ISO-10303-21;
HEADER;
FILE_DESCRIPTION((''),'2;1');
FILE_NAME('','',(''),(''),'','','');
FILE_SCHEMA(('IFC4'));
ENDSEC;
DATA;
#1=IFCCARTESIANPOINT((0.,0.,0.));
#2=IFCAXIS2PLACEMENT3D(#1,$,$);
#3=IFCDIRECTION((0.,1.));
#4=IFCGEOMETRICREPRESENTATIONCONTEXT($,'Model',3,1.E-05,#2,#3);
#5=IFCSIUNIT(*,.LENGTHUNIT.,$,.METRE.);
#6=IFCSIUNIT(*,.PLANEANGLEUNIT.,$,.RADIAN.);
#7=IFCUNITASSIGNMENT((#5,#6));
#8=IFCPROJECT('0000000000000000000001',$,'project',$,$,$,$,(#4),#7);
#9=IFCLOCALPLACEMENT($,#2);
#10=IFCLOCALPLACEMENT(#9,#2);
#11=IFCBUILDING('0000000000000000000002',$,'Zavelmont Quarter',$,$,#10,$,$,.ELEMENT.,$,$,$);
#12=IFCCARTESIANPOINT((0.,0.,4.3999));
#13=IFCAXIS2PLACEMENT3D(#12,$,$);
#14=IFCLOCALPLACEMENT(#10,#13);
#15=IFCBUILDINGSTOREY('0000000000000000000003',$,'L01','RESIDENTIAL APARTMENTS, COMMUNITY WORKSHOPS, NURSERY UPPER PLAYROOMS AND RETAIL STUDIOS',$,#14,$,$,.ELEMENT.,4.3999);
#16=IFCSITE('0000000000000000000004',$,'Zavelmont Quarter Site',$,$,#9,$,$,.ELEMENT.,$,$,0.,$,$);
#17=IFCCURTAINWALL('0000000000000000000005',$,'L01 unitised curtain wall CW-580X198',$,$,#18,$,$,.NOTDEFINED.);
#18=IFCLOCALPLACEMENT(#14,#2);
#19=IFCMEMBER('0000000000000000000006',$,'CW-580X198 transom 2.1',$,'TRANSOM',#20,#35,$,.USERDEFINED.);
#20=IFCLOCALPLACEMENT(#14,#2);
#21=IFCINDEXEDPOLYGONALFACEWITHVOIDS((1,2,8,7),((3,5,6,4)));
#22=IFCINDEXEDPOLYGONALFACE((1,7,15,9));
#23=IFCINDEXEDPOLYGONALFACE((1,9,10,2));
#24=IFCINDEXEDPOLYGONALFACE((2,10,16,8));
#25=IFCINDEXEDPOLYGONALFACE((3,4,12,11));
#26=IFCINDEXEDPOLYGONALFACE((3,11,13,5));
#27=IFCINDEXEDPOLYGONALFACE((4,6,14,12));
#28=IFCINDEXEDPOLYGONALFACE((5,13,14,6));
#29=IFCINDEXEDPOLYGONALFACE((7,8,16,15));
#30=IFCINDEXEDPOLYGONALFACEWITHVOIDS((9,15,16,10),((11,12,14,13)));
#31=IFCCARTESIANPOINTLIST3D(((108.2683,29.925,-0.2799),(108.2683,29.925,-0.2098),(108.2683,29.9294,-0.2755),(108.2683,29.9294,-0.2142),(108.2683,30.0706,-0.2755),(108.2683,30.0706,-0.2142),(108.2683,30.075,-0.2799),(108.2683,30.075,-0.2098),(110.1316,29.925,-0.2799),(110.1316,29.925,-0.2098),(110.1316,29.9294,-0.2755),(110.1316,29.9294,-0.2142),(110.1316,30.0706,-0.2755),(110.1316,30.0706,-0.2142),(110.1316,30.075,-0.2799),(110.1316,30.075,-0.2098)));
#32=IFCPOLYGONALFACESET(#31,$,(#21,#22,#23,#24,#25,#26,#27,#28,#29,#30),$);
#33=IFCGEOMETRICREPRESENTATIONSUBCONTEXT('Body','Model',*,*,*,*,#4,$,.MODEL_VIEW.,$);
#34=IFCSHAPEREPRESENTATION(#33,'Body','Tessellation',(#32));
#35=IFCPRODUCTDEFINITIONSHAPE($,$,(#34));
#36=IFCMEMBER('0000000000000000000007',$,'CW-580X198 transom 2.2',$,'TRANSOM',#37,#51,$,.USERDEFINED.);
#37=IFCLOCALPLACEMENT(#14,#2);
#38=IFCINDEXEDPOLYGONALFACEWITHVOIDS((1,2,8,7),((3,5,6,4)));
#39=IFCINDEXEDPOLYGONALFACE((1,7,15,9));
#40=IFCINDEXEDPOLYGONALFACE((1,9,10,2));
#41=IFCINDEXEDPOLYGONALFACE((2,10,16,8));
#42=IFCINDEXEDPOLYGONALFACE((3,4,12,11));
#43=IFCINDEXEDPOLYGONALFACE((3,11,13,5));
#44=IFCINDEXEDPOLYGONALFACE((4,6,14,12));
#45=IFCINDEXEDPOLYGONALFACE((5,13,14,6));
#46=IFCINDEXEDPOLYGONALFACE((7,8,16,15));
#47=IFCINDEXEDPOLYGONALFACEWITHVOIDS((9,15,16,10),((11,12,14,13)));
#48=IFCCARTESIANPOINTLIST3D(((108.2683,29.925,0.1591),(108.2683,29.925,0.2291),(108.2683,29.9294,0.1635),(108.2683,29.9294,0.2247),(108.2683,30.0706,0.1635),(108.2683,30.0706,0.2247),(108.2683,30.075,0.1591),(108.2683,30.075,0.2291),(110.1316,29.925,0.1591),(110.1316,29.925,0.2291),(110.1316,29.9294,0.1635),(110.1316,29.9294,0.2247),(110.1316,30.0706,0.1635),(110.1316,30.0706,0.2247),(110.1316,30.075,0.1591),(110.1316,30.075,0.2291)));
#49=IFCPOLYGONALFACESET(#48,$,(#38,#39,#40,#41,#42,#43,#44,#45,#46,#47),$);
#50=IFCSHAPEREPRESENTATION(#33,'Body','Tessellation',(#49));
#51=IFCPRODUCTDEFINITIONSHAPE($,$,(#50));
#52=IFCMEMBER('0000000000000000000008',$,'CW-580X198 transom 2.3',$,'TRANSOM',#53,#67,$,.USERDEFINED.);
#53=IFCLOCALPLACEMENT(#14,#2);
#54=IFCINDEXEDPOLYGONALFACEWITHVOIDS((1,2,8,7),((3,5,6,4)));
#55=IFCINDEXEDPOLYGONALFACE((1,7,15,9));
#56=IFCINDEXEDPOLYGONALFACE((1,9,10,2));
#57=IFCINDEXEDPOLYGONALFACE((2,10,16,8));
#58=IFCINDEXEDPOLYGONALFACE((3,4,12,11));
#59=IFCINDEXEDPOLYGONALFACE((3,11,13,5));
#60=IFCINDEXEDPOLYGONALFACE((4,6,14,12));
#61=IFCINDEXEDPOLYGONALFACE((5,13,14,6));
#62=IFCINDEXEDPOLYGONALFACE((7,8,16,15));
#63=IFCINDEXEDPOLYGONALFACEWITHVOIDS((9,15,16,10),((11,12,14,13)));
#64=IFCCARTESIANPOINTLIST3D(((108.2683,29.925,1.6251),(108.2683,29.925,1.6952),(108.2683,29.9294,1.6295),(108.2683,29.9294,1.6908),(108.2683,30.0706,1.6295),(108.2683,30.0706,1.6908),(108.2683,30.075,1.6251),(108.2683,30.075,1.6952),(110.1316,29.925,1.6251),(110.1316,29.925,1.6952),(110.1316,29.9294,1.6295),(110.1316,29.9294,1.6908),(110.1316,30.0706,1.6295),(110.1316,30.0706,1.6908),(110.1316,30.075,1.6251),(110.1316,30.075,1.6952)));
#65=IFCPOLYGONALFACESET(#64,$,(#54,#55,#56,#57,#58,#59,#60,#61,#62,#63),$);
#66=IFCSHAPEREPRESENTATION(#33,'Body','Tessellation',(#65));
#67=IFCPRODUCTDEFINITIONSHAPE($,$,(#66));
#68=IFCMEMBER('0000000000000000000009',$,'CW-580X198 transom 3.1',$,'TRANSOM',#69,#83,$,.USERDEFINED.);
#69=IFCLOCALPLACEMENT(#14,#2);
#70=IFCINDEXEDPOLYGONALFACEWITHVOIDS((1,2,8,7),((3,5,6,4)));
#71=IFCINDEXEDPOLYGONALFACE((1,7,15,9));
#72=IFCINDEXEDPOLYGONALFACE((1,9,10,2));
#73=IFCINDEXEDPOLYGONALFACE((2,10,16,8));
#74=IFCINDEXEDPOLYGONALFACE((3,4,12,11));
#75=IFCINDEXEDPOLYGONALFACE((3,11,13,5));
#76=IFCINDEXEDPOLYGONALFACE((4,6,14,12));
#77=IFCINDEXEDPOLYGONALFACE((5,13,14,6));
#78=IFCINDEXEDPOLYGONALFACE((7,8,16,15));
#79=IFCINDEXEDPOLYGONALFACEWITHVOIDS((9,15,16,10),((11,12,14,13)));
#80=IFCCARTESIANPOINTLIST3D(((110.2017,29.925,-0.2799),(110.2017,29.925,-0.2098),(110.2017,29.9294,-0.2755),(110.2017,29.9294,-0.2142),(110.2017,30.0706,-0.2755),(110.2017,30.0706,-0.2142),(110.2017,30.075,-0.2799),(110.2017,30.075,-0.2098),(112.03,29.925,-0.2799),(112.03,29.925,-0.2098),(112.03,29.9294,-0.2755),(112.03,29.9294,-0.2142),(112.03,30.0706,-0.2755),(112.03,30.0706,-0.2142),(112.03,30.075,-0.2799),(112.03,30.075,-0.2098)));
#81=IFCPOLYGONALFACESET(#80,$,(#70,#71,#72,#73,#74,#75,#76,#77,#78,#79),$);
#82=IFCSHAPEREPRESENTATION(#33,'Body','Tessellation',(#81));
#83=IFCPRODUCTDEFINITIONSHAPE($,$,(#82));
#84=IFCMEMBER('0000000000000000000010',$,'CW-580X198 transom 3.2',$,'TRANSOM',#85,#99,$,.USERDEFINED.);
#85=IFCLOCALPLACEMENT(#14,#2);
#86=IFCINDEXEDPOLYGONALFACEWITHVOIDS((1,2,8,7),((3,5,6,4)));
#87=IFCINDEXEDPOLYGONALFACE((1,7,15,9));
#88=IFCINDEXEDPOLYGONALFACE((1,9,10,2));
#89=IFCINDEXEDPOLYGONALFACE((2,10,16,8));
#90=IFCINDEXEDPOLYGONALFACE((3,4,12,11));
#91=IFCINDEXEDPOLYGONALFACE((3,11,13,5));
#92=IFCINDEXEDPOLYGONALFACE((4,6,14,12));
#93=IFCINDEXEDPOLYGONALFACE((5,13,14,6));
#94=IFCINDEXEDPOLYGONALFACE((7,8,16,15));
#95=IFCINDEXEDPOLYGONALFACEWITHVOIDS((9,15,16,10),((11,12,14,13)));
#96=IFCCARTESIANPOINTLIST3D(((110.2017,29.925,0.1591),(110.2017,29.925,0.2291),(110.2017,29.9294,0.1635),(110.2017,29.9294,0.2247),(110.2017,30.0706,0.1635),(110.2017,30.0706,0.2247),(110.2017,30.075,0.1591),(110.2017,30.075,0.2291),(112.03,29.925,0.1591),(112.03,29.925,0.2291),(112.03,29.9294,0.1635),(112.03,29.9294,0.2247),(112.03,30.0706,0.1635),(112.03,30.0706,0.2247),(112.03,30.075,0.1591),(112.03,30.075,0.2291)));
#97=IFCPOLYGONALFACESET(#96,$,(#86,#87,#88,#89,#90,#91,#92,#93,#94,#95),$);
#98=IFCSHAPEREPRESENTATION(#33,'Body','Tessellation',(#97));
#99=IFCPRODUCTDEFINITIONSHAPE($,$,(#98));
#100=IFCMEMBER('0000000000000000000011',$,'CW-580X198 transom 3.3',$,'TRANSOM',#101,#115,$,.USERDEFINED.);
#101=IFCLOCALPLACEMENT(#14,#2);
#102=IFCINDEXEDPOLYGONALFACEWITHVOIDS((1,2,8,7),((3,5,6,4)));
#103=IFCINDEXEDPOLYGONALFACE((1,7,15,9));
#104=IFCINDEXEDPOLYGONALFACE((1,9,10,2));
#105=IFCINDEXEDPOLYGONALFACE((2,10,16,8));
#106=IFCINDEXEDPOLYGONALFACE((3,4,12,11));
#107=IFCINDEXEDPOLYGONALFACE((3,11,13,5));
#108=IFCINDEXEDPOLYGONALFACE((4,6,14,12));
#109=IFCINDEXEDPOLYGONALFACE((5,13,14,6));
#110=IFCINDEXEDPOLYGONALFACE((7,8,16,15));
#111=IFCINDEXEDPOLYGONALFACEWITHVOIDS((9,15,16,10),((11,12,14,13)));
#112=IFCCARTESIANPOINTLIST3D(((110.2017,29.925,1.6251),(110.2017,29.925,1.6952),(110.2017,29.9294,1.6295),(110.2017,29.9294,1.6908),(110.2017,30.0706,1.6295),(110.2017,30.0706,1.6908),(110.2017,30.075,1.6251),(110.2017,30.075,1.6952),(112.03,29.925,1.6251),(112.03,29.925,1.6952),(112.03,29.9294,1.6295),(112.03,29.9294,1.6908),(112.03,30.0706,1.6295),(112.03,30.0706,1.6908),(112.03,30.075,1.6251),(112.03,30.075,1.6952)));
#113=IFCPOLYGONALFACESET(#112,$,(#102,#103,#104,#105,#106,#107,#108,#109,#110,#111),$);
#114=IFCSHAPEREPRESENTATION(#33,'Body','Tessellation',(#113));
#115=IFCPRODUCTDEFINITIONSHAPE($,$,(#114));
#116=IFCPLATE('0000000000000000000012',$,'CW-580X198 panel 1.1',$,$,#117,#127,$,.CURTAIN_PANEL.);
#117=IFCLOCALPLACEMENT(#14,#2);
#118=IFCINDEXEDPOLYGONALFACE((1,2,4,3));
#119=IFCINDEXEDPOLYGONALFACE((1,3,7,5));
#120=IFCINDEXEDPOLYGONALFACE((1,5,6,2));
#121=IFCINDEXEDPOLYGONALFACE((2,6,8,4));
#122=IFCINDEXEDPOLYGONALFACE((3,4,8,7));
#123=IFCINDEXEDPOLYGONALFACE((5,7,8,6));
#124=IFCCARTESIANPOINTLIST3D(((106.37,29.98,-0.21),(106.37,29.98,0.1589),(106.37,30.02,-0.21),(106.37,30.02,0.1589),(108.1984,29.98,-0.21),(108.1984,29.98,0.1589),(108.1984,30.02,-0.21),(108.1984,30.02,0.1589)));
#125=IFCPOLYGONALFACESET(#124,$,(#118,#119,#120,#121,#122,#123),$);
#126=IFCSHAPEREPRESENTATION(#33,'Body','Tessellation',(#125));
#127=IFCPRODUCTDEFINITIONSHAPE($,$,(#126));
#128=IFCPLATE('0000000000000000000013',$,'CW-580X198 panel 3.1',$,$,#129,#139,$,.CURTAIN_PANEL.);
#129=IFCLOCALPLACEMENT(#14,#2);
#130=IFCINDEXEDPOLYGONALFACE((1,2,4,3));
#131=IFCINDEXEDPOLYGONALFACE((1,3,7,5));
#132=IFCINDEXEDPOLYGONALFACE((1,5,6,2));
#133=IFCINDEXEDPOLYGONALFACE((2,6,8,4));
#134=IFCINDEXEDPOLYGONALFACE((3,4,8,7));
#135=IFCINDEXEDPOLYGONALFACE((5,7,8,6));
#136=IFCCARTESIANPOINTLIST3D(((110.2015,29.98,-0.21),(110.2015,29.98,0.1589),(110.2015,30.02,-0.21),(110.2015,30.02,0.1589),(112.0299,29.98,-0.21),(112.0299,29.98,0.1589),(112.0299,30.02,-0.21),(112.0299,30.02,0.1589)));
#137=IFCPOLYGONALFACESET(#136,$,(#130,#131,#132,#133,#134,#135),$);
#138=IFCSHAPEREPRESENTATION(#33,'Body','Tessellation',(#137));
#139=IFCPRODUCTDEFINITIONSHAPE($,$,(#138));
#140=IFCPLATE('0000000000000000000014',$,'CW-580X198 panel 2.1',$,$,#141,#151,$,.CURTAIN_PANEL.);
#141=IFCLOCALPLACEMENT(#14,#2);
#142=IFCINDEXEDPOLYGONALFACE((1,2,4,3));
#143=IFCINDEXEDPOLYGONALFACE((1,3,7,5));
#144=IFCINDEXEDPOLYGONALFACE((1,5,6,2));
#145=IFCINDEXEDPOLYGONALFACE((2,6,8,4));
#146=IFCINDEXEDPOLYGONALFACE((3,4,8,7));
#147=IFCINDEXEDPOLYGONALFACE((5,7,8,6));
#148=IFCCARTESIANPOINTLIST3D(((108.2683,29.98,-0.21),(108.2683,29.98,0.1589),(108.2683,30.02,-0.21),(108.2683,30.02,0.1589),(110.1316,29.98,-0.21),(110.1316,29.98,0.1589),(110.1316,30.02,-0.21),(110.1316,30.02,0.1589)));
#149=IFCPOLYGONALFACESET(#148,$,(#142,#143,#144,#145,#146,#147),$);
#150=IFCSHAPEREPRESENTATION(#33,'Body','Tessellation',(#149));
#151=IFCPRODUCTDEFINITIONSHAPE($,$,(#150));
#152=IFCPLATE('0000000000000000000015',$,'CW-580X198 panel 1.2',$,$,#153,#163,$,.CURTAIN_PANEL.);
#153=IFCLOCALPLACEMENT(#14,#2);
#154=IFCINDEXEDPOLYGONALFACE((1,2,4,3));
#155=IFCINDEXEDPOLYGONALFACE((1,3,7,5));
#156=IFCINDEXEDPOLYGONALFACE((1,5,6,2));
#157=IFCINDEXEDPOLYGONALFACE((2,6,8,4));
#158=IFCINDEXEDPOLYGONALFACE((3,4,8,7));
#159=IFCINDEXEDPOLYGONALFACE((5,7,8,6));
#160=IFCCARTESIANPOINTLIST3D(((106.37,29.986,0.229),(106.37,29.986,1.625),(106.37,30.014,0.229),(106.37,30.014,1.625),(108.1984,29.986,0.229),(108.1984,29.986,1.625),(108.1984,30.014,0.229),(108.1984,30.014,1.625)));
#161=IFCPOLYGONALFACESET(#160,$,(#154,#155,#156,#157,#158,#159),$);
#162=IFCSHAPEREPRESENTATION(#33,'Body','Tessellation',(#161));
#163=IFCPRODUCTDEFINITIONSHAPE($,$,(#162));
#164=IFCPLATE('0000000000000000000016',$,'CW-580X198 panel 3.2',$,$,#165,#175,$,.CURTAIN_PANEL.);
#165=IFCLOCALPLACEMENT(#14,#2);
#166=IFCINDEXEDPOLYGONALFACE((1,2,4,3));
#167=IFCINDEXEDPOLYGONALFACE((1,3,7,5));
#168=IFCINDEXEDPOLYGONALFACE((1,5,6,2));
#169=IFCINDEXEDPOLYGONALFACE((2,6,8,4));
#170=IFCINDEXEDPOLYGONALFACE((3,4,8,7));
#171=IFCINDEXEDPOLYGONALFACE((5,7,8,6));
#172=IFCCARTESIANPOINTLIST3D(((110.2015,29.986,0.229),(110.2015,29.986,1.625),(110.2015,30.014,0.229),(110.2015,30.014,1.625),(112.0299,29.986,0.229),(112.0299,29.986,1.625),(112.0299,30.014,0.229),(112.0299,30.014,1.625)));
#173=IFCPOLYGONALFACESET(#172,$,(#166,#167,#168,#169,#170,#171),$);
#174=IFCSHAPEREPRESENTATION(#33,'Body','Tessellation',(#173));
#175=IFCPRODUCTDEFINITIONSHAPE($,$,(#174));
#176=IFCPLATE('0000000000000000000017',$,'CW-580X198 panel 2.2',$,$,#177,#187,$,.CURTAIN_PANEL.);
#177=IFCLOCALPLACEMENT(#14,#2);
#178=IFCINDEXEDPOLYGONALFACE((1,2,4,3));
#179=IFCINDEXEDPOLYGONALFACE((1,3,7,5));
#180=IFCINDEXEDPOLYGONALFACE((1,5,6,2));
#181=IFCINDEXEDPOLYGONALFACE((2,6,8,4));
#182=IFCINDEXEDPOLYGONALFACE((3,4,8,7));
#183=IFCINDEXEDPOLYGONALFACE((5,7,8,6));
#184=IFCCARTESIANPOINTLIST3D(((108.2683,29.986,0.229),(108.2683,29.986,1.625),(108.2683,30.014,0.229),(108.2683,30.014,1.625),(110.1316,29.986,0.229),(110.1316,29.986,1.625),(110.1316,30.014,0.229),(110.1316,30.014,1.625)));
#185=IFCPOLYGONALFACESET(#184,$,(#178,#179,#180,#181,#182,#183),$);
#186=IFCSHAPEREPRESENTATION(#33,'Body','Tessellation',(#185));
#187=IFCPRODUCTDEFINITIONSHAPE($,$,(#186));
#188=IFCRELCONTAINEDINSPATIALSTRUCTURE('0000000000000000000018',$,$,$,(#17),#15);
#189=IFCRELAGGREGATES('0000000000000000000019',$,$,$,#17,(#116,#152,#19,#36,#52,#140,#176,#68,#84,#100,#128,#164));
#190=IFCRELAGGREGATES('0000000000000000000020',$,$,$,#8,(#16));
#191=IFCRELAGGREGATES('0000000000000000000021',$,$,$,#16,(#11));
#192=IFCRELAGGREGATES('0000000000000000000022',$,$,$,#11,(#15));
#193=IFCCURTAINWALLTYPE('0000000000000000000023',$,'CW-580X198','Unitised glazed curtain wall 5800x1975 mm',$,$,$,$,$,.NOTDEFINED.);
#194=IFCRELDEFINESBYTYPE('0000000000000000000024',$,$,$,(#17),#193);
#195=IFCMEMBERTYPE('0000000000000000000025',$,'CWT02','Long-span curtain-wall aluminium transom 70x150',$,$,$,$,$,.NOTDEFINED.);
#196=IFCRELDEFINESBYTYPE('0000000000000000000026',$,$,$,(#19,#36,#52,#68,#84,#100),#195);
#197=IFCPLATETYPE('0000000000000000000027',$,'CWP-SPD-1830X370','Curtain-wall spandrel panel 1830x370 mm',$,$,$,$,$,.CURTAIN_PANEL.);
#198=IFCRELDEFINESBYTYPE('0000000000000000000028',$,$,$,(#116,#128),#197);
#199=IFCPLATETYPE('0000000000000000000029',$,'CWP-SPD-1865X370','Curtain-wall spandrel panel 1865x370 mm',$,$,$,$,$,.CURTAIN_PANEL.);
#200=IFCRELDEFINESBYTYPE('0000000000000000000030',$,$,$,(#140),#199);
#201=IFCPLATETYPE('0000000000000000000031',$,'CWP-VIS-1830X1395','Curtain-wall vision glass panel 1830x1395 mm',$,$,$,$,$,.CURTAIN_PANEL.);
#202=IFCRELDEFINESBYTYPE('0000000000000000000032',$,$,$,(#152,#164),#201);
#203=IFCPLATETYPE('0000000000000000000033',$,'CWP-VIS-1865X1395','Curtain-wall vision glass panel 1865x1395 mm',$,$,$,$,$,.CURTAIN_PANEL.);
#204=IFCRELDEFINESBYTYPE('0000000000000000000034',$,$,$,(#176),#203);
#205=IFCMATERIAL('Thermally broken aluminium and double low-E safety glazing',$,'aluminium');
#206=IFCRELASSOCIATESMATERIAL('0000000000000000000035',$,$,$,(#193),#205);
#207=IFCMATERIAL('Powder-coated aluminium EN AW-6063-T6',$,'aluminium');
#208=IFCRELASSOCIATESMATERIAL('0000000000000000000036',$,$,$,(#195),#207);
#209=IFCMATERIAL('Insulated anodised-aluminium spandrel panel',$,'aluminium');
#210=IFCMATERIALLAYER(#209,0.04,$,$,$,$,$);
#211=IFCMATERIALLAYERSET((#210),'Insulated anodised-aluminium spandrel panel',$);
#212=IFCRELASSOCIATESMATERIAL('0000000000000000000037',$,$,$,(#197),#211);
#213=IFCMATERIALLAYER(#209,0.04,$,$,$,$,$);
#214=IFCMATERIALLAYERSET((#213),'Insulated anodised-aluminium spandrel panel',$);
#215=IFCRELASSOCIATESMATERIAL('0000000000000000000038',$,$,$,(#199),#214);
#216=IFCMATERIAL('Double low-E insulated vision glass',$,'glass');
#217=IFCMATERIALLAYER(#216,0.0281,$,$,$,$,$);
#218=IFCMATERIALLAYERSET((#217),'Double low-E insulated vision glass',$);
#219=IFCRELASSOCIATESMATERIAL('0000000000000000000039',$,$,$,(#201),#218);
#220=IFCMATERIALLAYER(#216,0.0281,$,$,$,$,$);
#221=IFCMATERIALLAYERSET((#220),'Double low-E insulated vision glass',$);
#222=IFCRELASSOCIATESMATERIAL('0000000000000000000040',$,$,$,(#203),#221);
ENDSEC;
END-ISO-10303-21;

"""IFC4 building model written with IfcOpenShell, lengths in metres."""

from ifc_helpers import new_model, si_unit, direction, frame, origin, origin_2d, place, context, subcontext, project, spatial, rectangle, hollow_rectangle, extrude, material, layer, layer_set, material_profile, profile_set, type_object, element, aggregate, save


model = new_model("IFC4")

# Units and contexts
model_context = context("Model", 3, precision=1e-05, world=origin(), true_north=direction((0.0, 1.0)))
body_context = subcontext(model_context, "Body", "Model", "MODEL_VIEW")
ifc_project = project(units=[si_unit("LENGTHUNIT", "METRE"), si_unit("PLANEANGLEUNIT", "RADIAN")], contexts=[model_context])

# Site, building, storey
site_placement = place(None, origin())
site = spatial("IfcSite", under=ifc_project, at=site_placement, Name="Zavelmont Quarter Site", CompositionType="ELEMENT", RefElevation=0.0)
building_placement = place(site_placement, origin())
building = spatial("IfcBuilding", under=site, at=building_placement, Name="Zavelmont Quarter", CompositionType="ELEMENT")
storey_placement = place(building_placement, frame((0.0, 0.0, 4.3999)))
storey = spatial("IfcBuildingStorey", under=building, at=storey_placement, Name="L01", Description="RESIDENTIAL APARTMENTS, COMMUNITY WORKSHOPS, NURSERY UPPER PLAYROOMS AND RETAIL STUDIOS", CompositionType="ELEMENT", Elevation=4.3999)

# Shared definitions
ifc_material_1 = material(Name="Thermally broken aluminium and double low-E safety glazing", Category="aluminium")
curtain_wall_type = type_object("IfcCurtainWallType", Name="CW-580X198", Description="Unitised glazed curtain wall 5800x1975 mm", PredefinedType="NOTDEFINED", material=ifc_material_1)
ifc_material_2 = material(Name="Powder-coated aluminium EN AW-6063-T6", Category="aluminium")

# Curtain wall, members, plates
curtain_wall_1_placement = place(storey_placement, origin())
curtain_wall_1 = element("IfcCurtainWall", 1, at=curtain_wall_1_placement, inside=storey, type_object=curtain_wall_type, Name="L01 unitised curtain wall CW-580X198", PredefinedType="NOTDEFINED")
ifc_material_profile_1 = material_profile(ifc_material_2, hollow_rectangle(XDim=0.1499, YDim=0.0701, WallThickness=0.0044, at=origin_2d()), Name="CWT70X150")
ifc_profile_set_1 = profile_set([ifc_material_profile_1], Name="Powder-coated aluminium EN AW-6063-T6")
member_type_1 = type_object("IfcMemberType", Name="CWT02", Description="Long-span curtain-wall aluminium transom 70x150", PredefinedType="NOTDEFINED", material=ifc_profile_set_1)
member_1_placement = place(storey_placement, frame((108.2683, 30.0, -0.2449), z_axis=(1.0, 0.0, 0.0), x_axis=(0.0, 1.0, 0.0)))
member_1 = element("IfcMember", 2, at=member_1_placement, type_object=member_type_1, Name="CW-580X198 transom 2.1", ObjectType="TRANSOM", PredefinedType="USERDEFINED", context=body_context, shape_type="SweptSolid", body=[
    extrude(hollow_rectangle(XDim=0.1499, YDim=0.0701, WallThickness=0.0044, at=origin_2d()), origin(), (0.0, 0.0, 1.0), 1.8633),
])
member_2_placement = place(storey_placement, frame((108.2683, 30.0, 0.1941), z_axis=(1.0, 0.0, 0.0), x_axis=(0.0, 1.0, 0.0)))
member_2 = element("IfcMember", 3, at=member_2_placement, type_object=member_type_1, Name="CW-580X198 transom 2.2", ObjectType="TRANSOM", PredefinedType="USERDEFINED", context=body_context, shape_type="SweptSolid", body=[
    extrude(hollow_rectangle(XDim=0.1499, YDim=0.0701, WallThickness=0.0044, at=origin_2d()), origin(), (0.0, 0.0, 1.0), 1.8633),
])
member_3_placement = place(storey_placement, frame((108.2683, 30.0, 1.6602), z_axis=(1.0, 0.0, 0.0), x_axis=(0.0, 1.0, 0.0)))
member_3 = element("IfcMember", 4, at=member_3_placement, type_object=member_type_1, Name="CW-580X198 transom 2.3", ObjectType="TRANSOM", PredefinedType="USERDEFINED", context=body_context, shape_type="SweptSolid", body=[
    extrude(hollow_rectangle(XDim=0.1499, YDim=0.0701, WallThickness=0.0044, at=origin_2d()), origin(), (0.0, 0.0, 1.0), 1.8633),
])
member_4_placement = place(storey_placement, frame((110.2017, 30.0, -0.2449), z_axis=(1.0, 0.0, 0.0), x_axis=(0.0, 1.0, 0.0)))
member_4 = element("IfcMember", 5, at=member_4_placement, type_object=member_type_1, Name="CW-580X198 transom 3.1", ObjectType="TRANSOM", PredefinedType="USERDEFINED", context=body_context, shape_type="SweptSolid", body=[
    extrude(hollow_rectangle(XDim=0.1499, YDim=0.0701, WallThickness=0.0044, at=origin_2d()), origin(), (0.0, 0.0, 1.0), 1.8284),
])
member_5_placement = place(storey_placement, frame((110.2017, 30.0, 0.1941), z_axis=(1.0, 0.0, 0.0), x_axis=(0.0, 1.0, 0.0)))
member_5 = element("IfcMember", 6, at=member_5_placement, type_object=member_type_1, Name="CW-580X198 transom 3.2", ObjectType="TRANSOM", PredefinedType="USERDEFINED", context=body_context, shape_type="SweptSolid", body=[
    extrude(hollow_rectangle(XDim=0.1499, YDim=0.0701, WallThickness=0.0044, at=origin_2d()), origin(), (0.0, 0.0, 1.0), 1.8284),
])
member_6_placement = place(storey_placement, frame((110.2017, 30.0, 1.6602), z_axis=(1.0, 0.0, 0.0), x_axis=(0.0, 1.0, 0.0)))
member_6 = element("IfcMember", 7, at=member_6_placement, type_object=member_type_1, Name="CW-580X198 transom 3.3", ObjectType="TRANSOM", PredefinedType="USERDEFINED", context=body_context, shape_type="SweptSolid", body=[
    extrude(hollow_rectangle(XDim=0.1499, YDim=0.0701, WallThickness=0.0044, at=origin_2d()), origin(), (0.0, 0.0, 1.0), 1.8284),
])
ifc_material_3 = material(Name="Insulated anodised-aluminium spandrel panel", Category="aluminium")
ifc_layer_1 = layer(ifc_material_3, 0.04)
ifc_layer_set_1 = layer_set([ifc_layer_1], Name="Insulated anodised-aluminium spandrel panel")
plate_type_1 = type_object("IfcPlateType", Name="CWP-SPD-1830X370", Description="Curtain-wall spandrel panel 1830x370 mm", PredefinedType="CURTAIN_PANEL", material=ifc_layer_set_1)
plate_1_placement = place(storey_placement, frame((107.2842, 30.0, -0.21), z_axis=(0.0, 0.0, 1.0), x_axis=(1.0, 0.0, 0.0)))
plate_1 = element("IfcPlate", 8, at=plate_1_placement, type_object=plate_type_1, Name="CW-580X198 panel 1.1", PredefinedType="CURTAIN_PANEL", context=body_context, shape_type="SweptSolid", body=[
    extrude(rectangle(XDim=1.8284, YDim=0.04, at=origin_2d()), origin(), (0.0, 0.0, 1.0), 0.3689),
])
plate_2_placement = place(storey_placement, frame((111.1157, 30.0, -0.21), z_axis=(0.0, 0.0, 1.0), x_axis=(1.0, 0.0, 0.0)))
plate_2 = element("IfcPlate", 9, at=plate_2_placement, type_object=plate_type_1, Name="CW-580X198 panel 3.1", PredefinedType="CURTAIN_PANEL", context=body_context, shape_type="SweptSolid", body=[
    extrude(rectangle(XDim=1.8284, YDim=0.04, at=origin_2d()), origin(), (0.0, 0.0, 1.0), 0.3689),
])
ifc_layer_2 = layer(ifc_material_3, 0.04)
ifc_layer_set_2 = layer_set([ifc_layer_2], Name="Insulated anodised-aluminium spandrel panel")
plate_type_2 = type_object("IfcPlateType", Name="CWP-SPD-1865X370", Description="Curtain-wall spandrel panel 1865x370 mm", PredefinedType="CURTAIN_PANEL", material=ifc_layer_set_2)
plate_3_placement = place(storey_placement, frame((109.2, 30.0, -0.21), z_axis=(0.0, 0.0, 1.0), x_axis=(1.0, 0.0, 0.0)))
plate_3 = element("IfcPlate", 10, at=plate_3_placement, type_object=plate_type_2, Name="CW-580X198 panel 2.1", PredefinedType="CURTAIN_PANEL", context=body_context, shape_type="SweptSolid", body=[
    extrude(rectangle(XDim=1.8633, YDim=0.04, at=origin_2d()), origin(), (0.0, 0.0, 1.0), 0.3689),
])
ifc_material_4 = material(Name="Double low-E insulated vision glass", Category="glass")
ifc_layer_3 = layer(ifc_material_4, 0.0281)
ifc_layer_set_3 = layer_set([ifc_layer_3], Name="Double low-E insulated vision glass")
plate_type_3 = type_object("IfcPlateType", Name="CWP-VIS-1830X1395", Description="Curtain-wall vision glass panel 1830x1395 mm", PredefinedType="CURTAIN_PANEL", material=ifc_layer_set_3)
plate_4_placement = place(storey_placement, frame((107.2842, 30.0, 0.229), z_axis=(0.0, 0.0, 1.0), x_axis=(1.0, 0.0, 0.0)))
plate_4 = element("IfcPlate", 11, at=plate_4_placement, type_object=plate_type_3, Name="CW-580X198 panel 1.2", PredefinedType="CURTAIN_PANEL", context=body_context, shape_type="SweptSolid", body=[
    extrude(rectangle(XDim=1.8284, YDim=0.0281, at=origin_2d()), origin(), (0.0, 0.0, 1.0), 1.396),
])
plate_5_placement = place(storey_placement, frame((111.1157, 30.0, 0.229), z_axis=(0.0, 0.0, 1.0), x_axis=(1.0, 0.0, 0.0)))
plate_5 = element("IfcPlate", 12, at=plate_5_placement, type_object=plate_type_3, Name="CW-580X198 panel 3.2", PredefinedType="CURTAIN_PANEL", context=body_context, shape_type="SweptSolid", body=[
    extrude(rectangle(XDim=1.8284, YDim=0.0281, at=origin_2d()), origin(), (0.0, 0.0, 1.0), 1.396),
])
ifc_layer_4 = layer(ifc_material_4, 0.0281)
ifc_layer_set_4 = layer_set([ifc_layer_4], Name="Double low-E insulated vision glass")
plate_type_4 = type_object("IfcPlateType", Name="CWP-VIS-1865X1395", Description="Curtain-wall vision glass panel 1865x1395 mm", PredefinedType="CURTAIN_PANEL", material=ifc_layer_set_4)
plate_6_placement = place(storey_placement, frame((109.2, 30.0, 0.229), z_axis=(0.0, 0.0, 1.0), x_axis=(1.0, 0.0, 0.0)))
plate_6 = element("IfcPlate", 13, at=plate_6_placement, type_object=plate_type_4, Name="CW-580X198 panel 2.2", PredefinedType="CURTAIN_PANEL", context=body_context, shape_type="SweptSolid", body=[
    extrude(rectangle(XDim=1.8633, YDim=0.0281, at=origin_2d()), origin(), (0.0, 0.0, 1.0), 1.396),
])
aggregate(curtain_wall_1, [plate_1, plate_4, member_1, member_2, member_3, plate_3, plate_6, member_4, member_5, member_6, plate_2, plate_5])

save(model, "model.ifc")
